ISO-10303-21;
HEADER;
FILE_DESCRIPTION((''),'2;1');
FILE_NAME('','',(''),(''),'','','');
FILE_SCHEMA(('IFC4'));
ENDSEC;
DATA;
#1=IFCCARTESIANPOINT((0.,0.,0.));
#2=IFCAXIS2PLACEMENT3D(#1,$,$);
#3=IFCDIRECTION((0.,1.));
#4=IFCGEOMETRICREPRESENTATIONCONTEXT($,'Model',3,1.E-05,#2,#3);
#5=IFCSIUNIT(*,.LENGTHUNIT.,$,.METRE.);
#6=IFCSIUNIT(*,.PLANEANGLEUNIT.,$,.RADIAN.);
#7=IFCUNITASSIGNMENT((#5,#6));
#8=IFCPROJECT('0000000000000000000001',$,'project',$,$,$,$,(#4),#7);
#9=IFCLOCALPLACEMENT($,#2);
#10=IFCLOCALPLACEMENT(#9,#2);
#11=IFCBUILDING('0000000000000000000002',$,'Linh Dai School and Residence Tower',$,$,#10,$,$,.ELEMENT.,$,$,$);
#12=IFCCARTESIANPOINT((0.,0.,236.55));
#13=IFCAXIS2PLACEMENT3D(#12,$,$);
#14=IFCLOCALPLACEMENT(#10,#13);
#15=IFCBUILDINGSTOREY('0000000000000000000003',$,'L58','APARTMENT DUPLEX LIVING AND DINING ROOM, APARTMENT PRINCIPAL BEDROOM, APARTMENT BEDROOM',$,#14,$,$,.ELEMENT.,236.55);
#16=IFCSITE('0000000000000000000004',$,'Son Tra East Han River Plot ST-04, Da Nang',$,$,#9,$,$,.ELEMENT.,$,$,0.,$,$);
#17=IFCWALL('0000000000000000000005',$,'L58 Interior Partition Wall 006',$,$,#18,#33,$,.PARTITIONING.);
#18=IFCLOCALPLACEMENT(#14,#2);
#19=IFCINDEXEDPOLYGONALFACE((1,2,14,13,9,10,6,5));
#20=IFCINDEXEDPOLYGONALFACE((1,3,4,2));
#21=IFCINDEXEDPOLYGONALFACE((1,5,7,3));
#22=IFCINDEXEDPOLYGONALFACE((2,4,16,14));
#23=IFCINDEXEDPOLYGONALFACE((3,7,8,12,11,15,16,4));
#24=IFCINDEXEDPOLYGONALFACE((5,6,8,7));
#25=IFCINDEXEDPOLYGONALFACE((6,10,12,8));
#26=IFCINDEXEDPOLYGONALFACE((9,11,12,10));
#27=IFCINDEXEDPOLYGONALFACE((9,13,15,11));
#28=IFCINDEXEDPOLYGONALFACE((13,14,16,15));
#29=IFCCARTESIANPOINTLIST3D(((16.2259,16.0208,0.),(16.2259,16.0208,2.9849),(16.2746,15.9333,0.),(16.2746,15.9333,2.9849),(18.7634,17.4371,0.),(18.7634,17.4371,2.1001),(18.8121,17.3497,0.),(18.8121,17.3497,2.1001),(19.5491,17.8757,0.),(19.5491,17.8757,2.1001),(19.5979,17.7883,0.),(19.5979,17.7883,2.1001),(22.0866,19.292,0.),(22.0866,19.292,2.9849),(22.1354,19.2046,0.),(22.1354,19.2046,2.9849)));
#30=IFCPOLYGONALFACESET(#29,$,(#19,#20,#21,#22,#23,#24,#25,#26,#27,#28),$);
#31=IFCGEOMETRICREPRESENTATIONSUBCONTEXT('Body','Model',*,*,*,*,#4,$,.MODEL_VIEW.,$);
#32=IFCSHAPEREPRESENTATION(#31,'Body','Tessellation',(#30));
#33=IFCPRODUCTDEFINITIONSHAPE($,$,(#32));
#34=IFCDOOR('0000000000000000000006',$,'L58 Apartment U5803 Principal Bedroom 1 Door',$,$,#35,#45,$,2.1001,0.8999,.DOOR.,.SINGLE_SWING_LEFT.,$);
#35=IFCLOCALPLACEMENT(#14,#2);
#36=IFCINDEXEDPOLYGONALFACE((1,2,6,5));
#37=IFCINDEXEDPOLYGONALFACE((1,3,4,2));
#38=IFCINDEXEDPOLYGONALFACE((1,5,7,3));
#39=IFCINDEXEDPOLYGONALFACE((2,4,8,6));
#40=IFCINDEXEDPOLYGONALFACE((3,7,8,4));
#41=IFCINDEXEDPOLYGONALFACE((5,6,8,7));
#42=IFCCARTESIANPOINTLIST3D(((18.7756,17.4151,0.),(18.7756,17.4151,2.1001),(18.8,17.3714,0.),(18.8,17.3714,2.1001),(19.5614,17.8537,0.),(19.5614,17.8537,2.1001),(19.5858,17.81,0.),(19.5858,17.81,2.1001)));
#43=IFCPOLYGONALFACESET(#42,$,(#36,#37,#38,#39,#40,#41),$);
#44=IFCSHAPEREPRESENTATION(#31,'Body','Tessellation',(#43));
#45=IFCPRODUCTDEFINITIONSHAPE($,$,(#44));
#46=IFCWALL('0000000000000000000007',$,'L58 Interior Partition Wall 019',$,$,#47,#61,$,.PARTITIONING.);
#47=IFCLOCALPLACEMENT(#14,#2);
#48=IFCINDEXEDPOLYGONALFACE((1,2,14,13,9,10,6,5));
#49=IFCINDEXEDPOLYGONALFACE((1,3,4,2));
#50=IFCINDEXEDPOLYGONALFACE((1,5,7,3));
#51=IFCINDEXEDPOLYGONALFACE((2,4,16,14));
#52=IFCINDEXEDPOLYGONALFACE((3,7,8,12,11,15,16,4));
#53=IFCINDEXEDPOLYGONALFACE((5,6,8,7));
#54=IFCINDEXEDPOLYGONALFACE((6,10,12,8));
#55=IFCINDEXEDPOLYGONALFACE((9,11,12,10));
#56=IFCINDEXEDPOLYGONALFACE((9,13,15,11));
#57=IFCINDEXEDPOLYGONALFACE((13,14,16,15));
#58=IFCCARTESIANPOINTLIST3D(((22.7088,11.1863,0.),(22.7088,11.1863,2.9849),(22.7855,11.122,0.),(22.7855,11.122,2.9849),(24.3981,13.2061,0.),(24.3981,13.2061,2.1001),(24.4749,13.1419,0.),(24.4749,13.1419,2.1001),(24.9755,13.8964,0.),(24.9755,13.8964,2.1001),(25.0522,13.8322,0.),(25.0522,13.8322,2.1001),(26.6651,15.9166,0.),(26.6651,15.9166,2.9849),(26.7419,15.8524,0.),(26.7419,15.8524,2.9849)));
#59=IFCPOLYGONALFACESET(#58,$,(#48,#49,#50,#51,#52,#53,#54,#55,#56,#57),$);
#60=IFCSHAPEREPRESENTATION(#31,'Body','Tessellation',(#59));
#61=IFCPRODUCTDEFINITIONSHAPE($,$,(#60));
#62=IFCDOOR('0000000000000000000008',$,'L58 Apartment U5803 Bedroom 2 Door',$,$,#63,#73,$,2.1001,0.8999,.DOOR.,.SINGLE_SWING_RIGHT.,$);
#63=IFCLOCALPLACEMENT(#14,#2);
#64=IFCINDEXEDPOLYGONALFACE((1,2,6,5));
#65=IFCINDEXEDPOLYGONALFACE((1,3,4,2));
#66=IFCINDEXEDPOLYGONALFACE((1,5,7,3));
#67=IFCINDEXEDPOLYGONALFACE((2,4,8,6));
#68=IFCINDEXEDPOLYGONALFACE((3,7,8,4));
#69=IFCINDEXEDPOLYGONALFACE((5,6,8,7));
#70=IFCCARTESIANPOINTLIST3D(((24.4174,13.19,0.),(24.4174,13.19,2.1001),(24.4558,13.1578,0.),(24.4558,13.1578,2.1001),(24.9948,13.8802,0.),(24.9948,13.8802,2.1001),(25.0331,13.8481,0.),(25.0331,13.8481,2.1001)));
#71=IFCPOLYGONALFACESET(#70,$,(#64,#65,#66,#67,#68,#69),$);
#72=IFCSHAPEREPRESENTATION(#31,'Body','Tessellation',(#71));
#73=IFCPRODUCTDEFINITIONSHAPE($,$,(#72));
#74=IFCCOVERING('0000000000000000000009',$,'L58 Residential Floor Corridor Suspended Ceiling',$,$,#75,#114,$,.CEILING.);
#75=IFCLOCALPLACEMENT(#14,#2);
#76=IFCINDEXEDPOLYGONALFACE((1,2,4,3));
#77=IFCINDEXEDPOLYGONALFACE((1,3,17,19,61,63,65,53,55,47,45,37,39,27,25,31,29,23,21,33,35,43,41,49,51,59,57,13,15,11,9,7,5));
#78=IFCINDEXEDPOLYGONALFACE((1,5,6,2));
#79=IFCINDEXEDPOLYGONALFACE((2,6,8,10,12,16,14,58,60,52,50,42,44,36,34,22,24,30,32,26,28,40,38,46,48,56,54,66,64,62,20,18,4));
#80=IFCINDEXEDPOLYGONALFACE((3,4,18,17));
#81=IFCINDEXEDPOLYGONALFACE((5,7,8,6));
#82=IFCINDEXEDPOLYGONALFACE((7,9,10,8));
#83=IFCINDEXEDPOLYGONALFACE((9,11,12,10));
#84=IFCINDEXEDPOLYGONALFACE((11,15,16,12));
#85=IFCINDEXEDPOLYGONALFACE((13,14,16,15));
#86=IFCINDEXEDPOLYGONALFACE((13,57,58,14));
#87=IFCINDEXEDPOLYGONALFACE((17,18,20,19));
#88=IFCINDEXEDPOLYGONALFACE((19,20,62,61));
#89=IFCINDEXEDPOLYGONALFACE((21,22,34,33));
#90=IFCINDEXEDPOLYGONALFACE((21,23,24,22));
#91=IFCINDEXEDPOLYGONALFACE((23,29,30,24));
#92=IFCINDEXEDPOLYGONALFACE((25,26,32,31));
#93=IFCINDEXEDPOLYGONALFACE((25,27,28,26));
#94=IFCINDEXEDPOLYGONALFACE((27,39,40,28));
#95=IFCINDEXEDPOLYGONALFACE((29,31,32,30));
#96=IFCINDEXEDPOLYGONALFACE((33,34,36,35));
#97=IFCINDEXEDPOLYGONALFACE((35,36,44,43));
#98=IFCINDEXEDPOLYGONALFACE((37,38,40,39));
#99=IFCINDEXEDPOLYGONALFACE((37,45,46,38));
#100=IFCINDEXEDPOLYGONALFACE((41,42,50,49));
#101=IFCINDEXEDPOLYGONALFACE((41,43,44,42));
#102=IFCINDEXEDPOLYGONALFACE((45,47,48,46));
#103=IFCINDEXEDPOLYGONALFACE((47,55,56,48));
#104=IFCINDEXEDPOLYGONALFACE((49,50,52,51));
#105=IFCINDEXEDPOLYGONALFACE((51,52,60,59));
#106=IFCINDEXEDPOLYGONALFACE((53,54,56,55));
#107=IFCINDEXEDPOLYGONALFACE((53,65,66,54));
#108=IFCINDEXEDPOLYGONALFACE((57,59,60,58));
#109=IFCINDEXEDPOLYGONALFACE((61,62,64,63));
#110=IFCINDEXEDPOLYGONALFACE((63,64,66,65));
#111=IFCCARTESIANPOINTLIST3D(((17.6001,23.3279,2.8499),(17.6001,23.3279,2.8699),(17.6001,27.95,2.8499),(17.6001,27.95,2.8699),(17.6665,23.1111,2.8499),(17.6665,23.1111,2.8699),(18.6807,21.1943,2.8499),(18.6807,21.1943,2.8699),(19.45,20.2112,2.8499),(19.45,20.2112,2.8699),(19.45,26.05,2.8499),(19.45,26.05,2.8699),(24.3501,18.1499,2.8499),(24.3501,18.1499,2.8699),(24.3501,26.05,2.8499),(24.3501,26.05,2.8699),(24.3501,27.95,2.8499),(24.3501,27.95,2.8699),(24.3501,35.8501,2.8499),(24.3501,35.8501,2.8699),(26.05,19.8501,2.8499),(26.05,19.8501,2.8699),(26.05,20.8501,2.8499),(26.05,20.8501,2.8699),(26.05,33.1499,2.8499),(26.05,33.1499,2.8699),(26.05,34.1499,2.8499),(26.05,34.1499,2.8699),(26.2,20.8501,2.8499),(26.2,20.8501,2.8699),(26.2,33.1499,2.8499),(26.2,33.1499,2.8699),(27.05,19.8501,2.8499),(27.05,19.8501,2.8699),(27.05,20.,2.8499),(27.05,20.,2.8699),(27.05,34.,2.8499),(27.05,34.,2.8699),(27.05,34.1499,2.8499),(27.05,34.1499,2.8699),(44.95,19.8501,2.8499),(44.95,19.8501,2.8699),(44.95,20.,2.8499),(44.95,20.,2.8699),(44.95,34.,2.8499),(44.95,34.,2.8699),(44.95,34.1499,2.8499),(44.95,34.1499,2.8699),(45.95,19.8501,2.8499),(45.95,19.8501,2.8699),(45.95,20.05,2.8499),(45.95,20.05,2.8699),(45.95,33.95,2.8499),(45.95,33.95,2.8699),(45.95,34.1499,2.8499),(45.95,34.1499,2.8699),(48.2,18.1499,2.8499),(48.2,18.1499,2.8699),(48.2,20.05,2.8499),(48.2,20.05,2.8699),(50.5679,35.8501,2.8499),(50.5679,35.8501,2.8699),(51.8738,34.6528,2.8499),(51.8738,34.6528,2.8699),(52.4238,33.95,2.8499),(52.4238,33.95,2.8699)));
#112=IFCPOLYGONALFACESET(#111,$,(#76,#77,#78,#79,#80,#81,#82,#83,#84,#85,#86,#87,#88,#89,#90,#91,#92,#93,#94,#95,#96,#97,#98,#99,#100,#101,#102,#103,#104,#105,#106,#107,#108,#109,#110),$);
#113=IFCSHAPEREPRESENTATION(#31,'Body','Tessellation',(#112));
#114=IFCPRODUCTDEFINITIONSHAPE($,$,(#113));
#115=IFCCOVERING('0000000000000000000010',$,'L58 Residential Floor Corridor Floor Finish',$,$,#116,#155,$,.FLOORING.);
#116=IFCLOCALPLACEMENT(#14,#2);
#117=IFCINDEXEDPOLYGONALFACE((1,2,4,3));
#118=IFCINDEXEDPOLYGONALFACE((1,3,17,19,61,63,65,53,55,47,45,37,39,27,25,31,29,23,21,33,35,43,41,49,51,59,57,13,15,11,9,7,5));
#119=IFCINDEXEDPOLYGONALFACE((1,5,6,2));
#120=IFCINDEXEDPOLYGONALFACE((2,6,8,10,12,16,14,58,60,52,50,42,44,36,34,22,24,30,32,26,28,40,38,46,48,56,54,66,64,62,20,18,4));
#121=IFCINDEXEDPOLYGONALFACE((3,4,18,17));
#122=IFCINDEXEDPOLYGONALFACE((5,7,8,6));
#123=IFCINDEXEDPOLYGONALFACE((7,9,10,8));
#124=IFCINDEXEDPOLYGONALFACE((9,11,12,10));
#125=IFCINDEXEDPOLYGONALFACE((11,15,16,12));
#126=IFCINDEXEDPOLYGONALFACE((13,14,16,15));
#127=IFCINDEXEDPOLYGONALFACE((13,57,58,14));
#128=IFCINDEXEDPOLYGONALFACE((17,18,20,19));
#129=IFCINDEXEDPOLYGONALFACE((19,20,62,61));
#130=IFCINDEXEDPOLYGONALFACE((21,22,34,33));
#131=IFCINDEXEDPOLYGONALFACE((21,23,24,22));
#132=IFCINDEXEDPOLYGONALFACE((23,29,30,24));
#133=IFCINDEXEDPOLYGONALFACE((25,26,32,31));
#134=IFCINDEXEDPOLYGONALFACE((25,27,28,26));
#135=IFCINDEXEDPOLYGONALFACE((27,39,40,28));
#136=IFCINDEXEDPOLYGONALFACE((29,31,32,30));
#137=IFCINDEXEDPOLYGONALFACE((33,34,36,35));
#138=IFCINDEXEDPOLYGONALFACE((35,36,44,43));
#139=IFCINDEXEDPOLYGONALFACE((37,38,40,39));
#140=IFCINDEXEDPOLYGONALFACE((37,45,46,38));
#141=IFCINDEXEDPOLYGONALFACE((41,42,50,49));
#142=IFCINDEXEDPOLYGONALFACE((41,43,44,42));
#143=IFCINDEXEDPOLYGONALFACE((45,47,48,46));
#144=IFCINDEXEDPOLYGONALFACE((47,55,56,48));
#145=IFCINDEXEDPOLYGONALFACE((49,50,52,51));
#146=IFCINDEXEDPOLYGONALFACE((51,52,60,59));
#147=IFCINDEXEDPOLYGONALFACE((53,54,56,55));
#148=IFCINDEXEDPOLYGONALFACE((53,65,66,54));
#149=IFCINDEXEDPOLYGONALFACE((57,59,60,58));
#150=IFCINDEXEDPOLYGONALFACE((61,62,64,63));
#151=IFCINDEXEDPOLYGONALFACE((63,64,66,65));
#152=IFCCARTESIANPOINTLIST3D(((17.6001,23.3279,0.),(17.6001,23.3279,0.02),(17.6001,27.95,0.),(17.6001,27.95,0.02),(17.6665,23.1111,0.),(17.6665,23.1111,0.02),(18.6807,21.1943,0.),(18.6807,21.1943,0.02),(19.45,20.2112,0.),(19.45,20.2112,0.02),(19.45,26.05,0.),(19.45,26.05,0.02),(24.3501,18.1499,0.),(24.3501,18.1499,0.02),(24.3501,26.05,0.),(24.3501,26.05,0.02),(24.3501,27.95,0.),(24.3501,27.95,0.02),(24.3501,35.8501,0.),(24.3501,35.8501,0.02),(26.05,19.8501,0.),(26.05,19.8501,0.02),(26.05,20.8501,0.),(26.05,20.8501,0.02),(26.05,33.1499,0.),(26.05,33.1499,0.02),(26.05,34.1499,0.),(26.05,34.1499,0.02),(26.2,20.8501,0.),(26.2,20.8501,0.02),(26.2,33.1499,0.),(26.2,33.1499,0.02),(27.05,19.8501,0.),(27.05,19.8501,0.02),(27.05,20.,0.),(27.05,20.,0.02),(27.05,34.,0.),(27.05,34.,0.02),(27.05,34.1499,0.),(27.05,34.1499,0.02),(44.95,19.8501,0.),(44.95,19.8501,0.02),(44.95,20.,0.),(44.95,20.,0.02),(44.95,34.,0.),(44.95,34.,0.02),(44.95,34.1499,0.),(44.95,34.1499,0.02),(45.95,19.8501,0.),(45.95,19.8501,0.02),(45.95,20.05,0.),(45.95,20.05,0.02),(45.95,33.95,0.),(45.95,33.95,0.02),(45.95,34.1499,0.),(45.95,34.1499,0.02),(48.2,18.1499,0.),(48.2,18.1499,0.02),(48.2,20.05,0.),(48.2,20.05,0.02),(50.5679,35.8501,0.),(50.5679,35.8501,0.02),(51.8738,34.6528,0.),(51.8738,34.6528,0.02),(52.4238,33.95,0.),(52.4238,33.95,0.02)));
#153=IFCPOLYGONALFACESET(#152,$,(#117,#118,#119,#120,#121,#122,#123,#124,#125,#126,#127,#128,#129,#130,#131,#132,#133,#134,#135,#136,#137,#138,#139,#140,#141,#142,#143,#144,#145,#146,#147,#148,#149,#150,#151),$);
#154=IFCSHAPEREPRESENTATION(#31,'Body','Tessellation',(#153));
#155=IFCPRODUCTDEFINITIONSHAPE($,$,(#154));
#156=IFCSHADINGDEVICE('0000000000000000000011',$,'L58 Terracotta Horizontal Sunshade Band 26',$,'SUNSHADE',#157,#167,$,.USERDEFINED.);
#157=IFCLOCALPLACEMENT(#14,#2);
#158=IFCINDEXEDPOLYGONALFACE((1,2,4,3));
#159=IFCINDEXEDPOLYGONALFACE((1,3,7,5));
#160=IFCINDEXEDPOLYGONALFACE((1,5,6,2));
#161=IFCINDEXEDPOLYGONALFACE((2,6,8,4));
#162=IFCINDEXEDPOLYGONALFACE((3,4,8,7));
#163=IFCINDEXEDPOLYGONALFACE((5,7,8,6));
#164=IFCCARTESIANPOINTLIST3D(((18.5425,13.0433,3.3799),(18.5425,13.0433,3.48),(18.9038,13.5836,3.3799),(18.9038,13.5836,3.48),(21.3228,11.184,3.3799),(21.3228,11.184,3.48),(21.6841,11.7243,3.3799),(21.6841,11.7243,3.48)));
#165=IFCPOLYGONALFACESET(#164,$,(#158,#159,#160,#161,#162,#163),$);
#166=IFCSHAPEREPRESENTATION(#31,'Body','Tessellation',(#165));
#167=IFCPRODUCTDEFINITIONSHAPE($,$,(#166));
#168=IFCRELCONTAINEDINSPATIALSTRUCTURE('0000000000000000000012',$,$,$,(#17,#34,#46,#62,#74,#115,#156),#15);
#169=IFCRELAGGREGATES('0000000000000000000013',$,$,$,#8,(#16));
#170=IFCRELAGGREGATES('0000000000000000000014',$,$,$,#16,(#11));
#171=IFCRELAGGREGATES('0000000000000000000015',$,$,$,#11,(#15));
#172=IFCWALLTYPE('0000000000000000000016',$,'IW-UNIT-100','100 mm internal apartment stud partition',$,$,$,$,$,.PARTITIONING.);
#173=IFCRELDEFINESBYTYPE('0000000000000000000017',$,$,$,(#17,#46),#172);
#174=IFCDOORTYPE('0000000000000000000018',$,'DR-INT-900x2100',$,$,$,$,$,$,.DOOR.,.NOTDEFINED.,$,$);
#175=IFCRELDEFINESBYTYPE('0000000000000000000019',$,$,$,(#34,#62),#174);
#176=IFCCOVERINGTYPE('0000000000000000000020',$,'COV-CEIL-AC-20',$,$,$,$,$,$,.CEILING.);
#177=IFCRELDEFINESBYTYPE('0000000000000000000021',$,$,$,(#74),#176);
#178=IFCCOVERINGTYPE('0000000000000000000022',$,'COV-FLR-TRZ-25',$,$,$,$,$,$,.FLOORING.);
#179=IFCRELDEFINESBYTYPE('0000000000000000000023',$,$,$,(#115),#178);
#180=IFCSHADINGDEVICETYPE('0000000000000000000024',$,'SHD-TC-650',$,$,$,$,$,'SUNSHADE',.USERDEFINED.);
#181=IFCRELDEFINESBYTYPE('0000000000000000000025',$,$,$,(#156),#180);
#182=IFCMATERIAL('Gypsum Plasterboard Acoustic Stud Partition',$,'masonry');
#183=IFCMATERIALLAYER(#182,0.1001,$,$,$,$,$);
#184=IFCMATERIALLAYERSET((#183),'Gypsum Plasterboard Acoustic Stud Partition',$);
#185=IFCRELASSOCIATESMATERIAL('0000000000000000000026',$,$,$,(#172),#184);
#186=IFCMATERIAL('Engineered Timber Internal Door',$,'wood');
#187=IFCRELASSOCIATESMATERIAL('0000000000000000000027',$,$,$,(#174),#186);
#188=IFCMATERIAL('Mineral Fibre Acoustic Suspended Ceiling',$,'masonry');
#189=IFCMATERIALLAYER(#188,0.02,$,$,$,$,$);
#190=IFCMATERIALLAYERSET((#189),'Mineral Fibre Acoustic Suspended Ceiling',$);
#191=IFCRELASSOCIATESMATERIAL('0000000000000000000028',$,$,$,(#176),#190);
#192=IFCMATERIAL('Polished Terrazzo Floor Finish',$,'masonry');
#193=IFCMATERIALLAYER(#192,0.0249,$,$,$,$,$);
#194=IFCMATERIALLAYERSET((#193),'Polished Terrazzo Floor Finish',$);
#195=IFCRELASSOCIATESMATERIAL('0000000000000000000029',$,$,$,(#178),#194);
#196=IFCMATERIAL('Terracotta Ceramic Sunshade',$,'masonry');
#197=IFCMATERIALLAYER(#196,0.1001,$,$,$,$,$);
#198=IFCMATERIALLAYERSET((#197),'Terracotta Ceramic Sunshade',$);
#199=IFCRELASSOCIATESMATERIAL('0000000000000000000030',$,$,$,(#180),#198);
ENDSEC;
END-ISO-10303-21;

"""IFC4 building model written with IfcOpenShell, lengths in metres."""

from ifc_helpers import new_model, si_unit, direction, frame, frame_2d, origin, origin_2d, place, context, subcontext, project, spatial, polyline, rectangle, outline, extrude, source, transform, mapped, material, layer, layer_set, type_object, element, fill, save


model = new_model("IFC4")

# Units and contexts
model_context = context("Model", 3, precision=1e-05, world=origin(), true_north=direction((0.0, 1.0)))
body_context = subcontext(model_context, "Body", "Model", "MODEL_VIEW")
ifc_project = project(units=[si_unit("LENGTHUNIT", "METRE"), si_unit("PLANEANGLEUNIT", "RADIAN")], contexts=[model_context])

# Site, building, storey
site_placement = place(None, origin())
site = spatial("IfcSite", under=ifc_project, at=site_placement, Name="Son Tra East Han River Plot ST-04, Da Nang", CompositionType="ELEMENT", RefElevation=0.0)
building_placement = place(site_placement, origin())
building = spatial("IfcBuilding", under=site, at=building_placement, Name="Linh Dai School and Residence Tower", CompositionType="ELEMENT")
storey_placement = place(building_placement, frame((0.0, 0.0, 236.55)))
storey = spatial("IfcBuildingStorey", under=building, at=storey_placement, Name="L58", Description="APARTMENT DUPLEX LIVING AND DINING ROOM, APARTMENT PRINCIPAL BEDROOM, APARTMENT BEDROOM", CompositionType="ELEMENT", Elevation=236.55)

# Walls, openings, doors
ifc_material_1 = material(Name="Gypsum Plasterboard Acoustic Stud Partition", Category="masonry")
ifc_layer_1 = layer(ifc_material_1, 0.1001)
ifc_layer_set_1 = layer_set([ifc_layer_1], Name="Gypsum Plasterboard Acoustic Stud Partition")
wall_type_1 = type_object("IfcWallType", Name="IW-UNIT-100", Description="100 mm internal apartment stud partition", PredefinedType="PARTITIONING", material=ifc_layer_set_1)
wall_1_placement = place(storey_placement, frame((16.2502, 15.9771, 0.0), z_axis=(0.0, 0.0, 1.0), x_axis=(0.873193, 0.487375, 0.0)))
wall_1 = element("IfcWall", 1, at=wall_1_placement, inside=storey, type_object=wall_type_1, Name="L58 Interior Partition Wall 006", PredefinedType="PARTITIONING", context=body_context, shape_type="SweptSolid", body=[
    extrude(rectangle(XDim=6.7119, YDim=0.1001, at=frame_2d((3.356, 0.0))), origin(), (0.0, 0.0, 1.0), 2.9849),
])
opening_1_placement = place(wall_1_placement, frame((2.906, 0.0, 0.0)))
opening_1 = element("IfcOpeningElement", 2, at=opening_1_placement, cuts=wall_1, PredefinedType="OPENING", context=body_context, shape_type="SweptSolid", body=[
    extrude(rectangle(XDim=0.8999, YDim=2.1001, at=origin_2d()), frame((0.45, 0.0601, 1.05), z_axis=(0.0, -1.0, 0.0), x_axis=(1.0, 0.0, 0.0)), (0.0, 0.0, 1.0), 0.1201),
])
ifc_material_2 = material(Name="Engineered Timber Internal Door", Category="wood")
door_type_1 = type_object("IfcDoorType", Name="DR-INT-900x2100", OperationType="NOTDEFINED", PredefinedType="DOOR", material=ifc_material_2)
shared_shape_1 = source(origin(), body_context, "Body", "SweptSolid", [
    extrude(rectangle(XDim=0.8999, YDim=2.1001, at=origin_2d()), frame((0.45, 0.0249, 1.05), z_axis=(0.0, -1.0, 0.0), x_axis=(1.0, 0.0, 0.0)), (0.0, 0.0, 1.0), 0.05),
])
door_1_placement = place(opening_1_placement, origin())
door_1 = element("IfcDoor", 3, at=door_1_placement, inside=storey, type_object=door_type_1, Name="L58 Apartment U5803 Principal Bedroom 1 Door", OperationType="SINGLE_SWING_LEFT", OverallHeight=2.1001, OverallWidth=0.8999, PredefinedType="DOOR", context=body_context, shape_type="MappedRepresentation", body=[
    mapped(shared_shape_1, transform((0.0, 0.0, 0.0), x_axis=(1.0, 0.0, 0.0), y_axis=(0.0, 1.0, 0.0), z_axis=(0.0, 0.0, 1.0), scale=1.0)),
])
fill(opening_1, door_1)
wall_2_placement = place(storey_placement, frame((22.7471, 11.1541, 0.0), z_axis=(0.0, 0.0, 1.0), x_axis=(0.641566, 0.767068, 0.0)))
wall_2 = element("IfcWall", 4, at=wall_2_placement, inside=storey, type_object=wall_type_1, Name="L58 Interior Partition Wall 019", PredefinedType="PARTITIONING", context=body_context, shape_type="SweptSolid", body=[
    extrude(rectangle(XDim=6.1667, YDim=0.1001, at=frame_2d((3.0835, 0.0))), origin(), (0.0, 0.0, 1.0), 2.9849),
])
opening_2_placement = place(wall_2_placement, frame((2.6333, 0.0, 0.0)))
opening_2 = element("IfcOpeningElement", 5, at=opening_2_placement, cuts=wall_2, PredefinedType="OPENING", context=body_context, shape_type="SweptSolid", body=[
    extrude(rectangle(XDim=0.8999, YDim=2.1001, at=origin_2d()), frame((0.45, 0.0601, 1.05), z_axis=(0.0, -1.0, 0.0), x_axis=(1.0, 0.0, 0.0)), (0.0, 0.0, 1.0), 0.1201),
])
door_2_placement = place(opening_2_placement, origin())
door_2 = element("IfcDoor", 6, at=door_2_placement, inside=storey, type_object=door_type_1, Name="L58 Apartment U5803 Bedroom 2 Door", OperationType="SINGLE_SWING_RIGHT", OverallHeight=2.1001, OverallWidth=0.8999, PredefinedType="DOOR", context=body_context, shape_type="MappedRepresentation", body=[
    mapped(shared_shape_1, transform((0.0, 0.0, 0.0), x_axis=(1.0, 0.0, 0.0), y_axis=(0.0, 1.0, 0.0), z_axis=(0.0, 0.0, 1.0), scale=1.0)),
])
fill(opening_2, door_2)

# Coverings
ifc_material_3 = material(Name="Mineral Fibre Acoustic Suspended Ceiling", Category="masonry")
ifc_layer_2 = layer(ifc_material_3, 0.02)
ifc_layer_set_2 = layer_set([ifc_layer_2], Name="Mineral Fibre Acoustic Suspended Ceiling")
covering_type_1 = type_object("IfcCoveringType", Name="COV-CEIL-AC-20", PredefinedType="CEILING", material=ifc_layer_set_2)
covering_1_placement = place(storey_placement, frame((0.0, 0.0, 2.8499)))
element("IfcCovering", 7, at=covering_1_placement, inside=storey, type_object=covering_type_1, Name="L58 Residential Floor Corridor Suspended Ceiling", PredefinedType="CEILING", context=body_context, shape_type="SweptSolid", body=[
    extrude(outline(polyline([(19.45, 20.2112), (18.6807, 21.1943), (17.6665, 23.1111), (17.6001, 23.3279), (17.6001, 27.95), (24.3501, 27.95), (24.3501, 35.8501), (50.5679, 35.8501), (51.8738, 34.6528), (52.4238, 33.95), (45.95, 33.95), (45.95, 34.1499), (44.95, 34.1499), (44.95, 34.0), (27.05, 34.0), (27.05, 34.1499), (26.05, 34.1499), (26.05, 33.1499), (26.2, 33.1499), (26.2, 20.8501), (26.05, 20.8501), (26.05, 19.8501), (27.05, 19.8501), (27.05, 20.0), (44.95, 20.0), (44.95, 19.8501), (45.95, 19.8501), (45.95, 20.05), (48.2, 20.05), (48.2, 18.1499), (24.3501, 18.1499), (24.3501, 26.05), (19.45, 26.05), (19.45, 20.2112)])), origin(), (0.0, 0.0, 1.0), 0.02),
])
ifc_material_4 = material(Name="Polished Terrazzo Floor Finish", Category="masonry")
ifc_layer_3 = layer(ifc_material_4, 0.0249)
ifc_layer_set_3 = layer_set([ifc_layer_3], Name="Polished Terrazzo Floor Finish")
covering_type_2 = type_object("IfcCoveringType", Name="COV-FLR-TRZ-25", PredefinedType="FLOORING", material=ifc_layer_set_3)
covering_2_placement = place(storey_placement, origin())
element("IfcCovering", 8, at=covering_2_placement, inside=storey, type_object=covering_type_2, Name="L58 Residential Floor Corridor Floor Finish", PredefinedType="FLOORING", context=body_context, shape_type="SweptSolid", body=[
    extrude(outline(polyline([(19.45, 20.2112), (18.6807, 21.1943), (17.6665, 23.1111), (17.6001, 23.3279), (17.6001, 27.95), (24.3501, 27.95), (24.3501, 35.8501), (50.5679, 35.8501), (51.8738, 34.6528), (52.4238, 33.95), (45.95, 33.95), (45.95, 34.1499), (44.95, 34.1499), (44.95, 34.0), (27.05, 34.0), (27.05, 34.1499), (26.05, 34.1499), (26.05, 33.1499), (26.2, 33.1499), (26.2, 20.8501), (26.05, 20.8501), (26.05, 19.8501), (27.05, 19.8501), (27.05, 20.0), (44.95, 20.0), (44.95, 19.8501), (45.95, 19.8501), (45.95, 20.05), (48.2, 20.05), (48.2, 18.1499), (24.3501, 18.1499), (24.3501, 26.05), (19.45, 26.05), (19.45, 20.2112)])), origin(), (0.0, 0.0, 1.0), 0.02),
])

# Shading device
ifc_material_5 = material(Name="Terracotta Ceramic Sunshade", Category="masonry")
ifc_layer_4 = layer(ifc_material_5, 0.1001)
ifc_layer_set_4 = layer_set([ifc_layer_4], Name="Terracotta Ceramic Sunshade")
shading_device_type = type_object("IfcShadingDeviceType", Name="SHD-TC-650", ElementType="SUNSHADE", PredefinedType="USERDEFINED", material=ifc_layer_set_4)
shared_shape_2 = source(origin(), body_context, "Body", "SweptSolid", [
    extrude(rectangle(XDim=3.3447, YDim=0.6499, at=origin_2d()), origin(), (0.0, 0.0, 1.0), 0.1001),
])
shading_device_placement = place(storey_placement, frame((20.1133, 12.3838, 3.3799), z_axis=(0.0, 0.0, 1.0), x_axis=(-0.831258, 0.555887, 0.0)))
element("IfcShadingDevice", 9, at=shading_device_placement, inside=storey, type_object=shading_device_type, Name="L58 Terracotta Horizontal Sunshade Band 26", ObjectType="SUNSHADE", PredefinedType="USERDEFINED", context=body_context, shape_type="MappedRepresentation", body=[
    mapped(shared_shape_2, transform((0.0, 0.0, 0.0), x_axis=(1.0, 0.0, 0.0), y_axis=(0.0, 1.0, 0.0), z_axis=(0.0, 0.0, 1.0), scale=1.0)),
])

save(model, "model.ifc")
